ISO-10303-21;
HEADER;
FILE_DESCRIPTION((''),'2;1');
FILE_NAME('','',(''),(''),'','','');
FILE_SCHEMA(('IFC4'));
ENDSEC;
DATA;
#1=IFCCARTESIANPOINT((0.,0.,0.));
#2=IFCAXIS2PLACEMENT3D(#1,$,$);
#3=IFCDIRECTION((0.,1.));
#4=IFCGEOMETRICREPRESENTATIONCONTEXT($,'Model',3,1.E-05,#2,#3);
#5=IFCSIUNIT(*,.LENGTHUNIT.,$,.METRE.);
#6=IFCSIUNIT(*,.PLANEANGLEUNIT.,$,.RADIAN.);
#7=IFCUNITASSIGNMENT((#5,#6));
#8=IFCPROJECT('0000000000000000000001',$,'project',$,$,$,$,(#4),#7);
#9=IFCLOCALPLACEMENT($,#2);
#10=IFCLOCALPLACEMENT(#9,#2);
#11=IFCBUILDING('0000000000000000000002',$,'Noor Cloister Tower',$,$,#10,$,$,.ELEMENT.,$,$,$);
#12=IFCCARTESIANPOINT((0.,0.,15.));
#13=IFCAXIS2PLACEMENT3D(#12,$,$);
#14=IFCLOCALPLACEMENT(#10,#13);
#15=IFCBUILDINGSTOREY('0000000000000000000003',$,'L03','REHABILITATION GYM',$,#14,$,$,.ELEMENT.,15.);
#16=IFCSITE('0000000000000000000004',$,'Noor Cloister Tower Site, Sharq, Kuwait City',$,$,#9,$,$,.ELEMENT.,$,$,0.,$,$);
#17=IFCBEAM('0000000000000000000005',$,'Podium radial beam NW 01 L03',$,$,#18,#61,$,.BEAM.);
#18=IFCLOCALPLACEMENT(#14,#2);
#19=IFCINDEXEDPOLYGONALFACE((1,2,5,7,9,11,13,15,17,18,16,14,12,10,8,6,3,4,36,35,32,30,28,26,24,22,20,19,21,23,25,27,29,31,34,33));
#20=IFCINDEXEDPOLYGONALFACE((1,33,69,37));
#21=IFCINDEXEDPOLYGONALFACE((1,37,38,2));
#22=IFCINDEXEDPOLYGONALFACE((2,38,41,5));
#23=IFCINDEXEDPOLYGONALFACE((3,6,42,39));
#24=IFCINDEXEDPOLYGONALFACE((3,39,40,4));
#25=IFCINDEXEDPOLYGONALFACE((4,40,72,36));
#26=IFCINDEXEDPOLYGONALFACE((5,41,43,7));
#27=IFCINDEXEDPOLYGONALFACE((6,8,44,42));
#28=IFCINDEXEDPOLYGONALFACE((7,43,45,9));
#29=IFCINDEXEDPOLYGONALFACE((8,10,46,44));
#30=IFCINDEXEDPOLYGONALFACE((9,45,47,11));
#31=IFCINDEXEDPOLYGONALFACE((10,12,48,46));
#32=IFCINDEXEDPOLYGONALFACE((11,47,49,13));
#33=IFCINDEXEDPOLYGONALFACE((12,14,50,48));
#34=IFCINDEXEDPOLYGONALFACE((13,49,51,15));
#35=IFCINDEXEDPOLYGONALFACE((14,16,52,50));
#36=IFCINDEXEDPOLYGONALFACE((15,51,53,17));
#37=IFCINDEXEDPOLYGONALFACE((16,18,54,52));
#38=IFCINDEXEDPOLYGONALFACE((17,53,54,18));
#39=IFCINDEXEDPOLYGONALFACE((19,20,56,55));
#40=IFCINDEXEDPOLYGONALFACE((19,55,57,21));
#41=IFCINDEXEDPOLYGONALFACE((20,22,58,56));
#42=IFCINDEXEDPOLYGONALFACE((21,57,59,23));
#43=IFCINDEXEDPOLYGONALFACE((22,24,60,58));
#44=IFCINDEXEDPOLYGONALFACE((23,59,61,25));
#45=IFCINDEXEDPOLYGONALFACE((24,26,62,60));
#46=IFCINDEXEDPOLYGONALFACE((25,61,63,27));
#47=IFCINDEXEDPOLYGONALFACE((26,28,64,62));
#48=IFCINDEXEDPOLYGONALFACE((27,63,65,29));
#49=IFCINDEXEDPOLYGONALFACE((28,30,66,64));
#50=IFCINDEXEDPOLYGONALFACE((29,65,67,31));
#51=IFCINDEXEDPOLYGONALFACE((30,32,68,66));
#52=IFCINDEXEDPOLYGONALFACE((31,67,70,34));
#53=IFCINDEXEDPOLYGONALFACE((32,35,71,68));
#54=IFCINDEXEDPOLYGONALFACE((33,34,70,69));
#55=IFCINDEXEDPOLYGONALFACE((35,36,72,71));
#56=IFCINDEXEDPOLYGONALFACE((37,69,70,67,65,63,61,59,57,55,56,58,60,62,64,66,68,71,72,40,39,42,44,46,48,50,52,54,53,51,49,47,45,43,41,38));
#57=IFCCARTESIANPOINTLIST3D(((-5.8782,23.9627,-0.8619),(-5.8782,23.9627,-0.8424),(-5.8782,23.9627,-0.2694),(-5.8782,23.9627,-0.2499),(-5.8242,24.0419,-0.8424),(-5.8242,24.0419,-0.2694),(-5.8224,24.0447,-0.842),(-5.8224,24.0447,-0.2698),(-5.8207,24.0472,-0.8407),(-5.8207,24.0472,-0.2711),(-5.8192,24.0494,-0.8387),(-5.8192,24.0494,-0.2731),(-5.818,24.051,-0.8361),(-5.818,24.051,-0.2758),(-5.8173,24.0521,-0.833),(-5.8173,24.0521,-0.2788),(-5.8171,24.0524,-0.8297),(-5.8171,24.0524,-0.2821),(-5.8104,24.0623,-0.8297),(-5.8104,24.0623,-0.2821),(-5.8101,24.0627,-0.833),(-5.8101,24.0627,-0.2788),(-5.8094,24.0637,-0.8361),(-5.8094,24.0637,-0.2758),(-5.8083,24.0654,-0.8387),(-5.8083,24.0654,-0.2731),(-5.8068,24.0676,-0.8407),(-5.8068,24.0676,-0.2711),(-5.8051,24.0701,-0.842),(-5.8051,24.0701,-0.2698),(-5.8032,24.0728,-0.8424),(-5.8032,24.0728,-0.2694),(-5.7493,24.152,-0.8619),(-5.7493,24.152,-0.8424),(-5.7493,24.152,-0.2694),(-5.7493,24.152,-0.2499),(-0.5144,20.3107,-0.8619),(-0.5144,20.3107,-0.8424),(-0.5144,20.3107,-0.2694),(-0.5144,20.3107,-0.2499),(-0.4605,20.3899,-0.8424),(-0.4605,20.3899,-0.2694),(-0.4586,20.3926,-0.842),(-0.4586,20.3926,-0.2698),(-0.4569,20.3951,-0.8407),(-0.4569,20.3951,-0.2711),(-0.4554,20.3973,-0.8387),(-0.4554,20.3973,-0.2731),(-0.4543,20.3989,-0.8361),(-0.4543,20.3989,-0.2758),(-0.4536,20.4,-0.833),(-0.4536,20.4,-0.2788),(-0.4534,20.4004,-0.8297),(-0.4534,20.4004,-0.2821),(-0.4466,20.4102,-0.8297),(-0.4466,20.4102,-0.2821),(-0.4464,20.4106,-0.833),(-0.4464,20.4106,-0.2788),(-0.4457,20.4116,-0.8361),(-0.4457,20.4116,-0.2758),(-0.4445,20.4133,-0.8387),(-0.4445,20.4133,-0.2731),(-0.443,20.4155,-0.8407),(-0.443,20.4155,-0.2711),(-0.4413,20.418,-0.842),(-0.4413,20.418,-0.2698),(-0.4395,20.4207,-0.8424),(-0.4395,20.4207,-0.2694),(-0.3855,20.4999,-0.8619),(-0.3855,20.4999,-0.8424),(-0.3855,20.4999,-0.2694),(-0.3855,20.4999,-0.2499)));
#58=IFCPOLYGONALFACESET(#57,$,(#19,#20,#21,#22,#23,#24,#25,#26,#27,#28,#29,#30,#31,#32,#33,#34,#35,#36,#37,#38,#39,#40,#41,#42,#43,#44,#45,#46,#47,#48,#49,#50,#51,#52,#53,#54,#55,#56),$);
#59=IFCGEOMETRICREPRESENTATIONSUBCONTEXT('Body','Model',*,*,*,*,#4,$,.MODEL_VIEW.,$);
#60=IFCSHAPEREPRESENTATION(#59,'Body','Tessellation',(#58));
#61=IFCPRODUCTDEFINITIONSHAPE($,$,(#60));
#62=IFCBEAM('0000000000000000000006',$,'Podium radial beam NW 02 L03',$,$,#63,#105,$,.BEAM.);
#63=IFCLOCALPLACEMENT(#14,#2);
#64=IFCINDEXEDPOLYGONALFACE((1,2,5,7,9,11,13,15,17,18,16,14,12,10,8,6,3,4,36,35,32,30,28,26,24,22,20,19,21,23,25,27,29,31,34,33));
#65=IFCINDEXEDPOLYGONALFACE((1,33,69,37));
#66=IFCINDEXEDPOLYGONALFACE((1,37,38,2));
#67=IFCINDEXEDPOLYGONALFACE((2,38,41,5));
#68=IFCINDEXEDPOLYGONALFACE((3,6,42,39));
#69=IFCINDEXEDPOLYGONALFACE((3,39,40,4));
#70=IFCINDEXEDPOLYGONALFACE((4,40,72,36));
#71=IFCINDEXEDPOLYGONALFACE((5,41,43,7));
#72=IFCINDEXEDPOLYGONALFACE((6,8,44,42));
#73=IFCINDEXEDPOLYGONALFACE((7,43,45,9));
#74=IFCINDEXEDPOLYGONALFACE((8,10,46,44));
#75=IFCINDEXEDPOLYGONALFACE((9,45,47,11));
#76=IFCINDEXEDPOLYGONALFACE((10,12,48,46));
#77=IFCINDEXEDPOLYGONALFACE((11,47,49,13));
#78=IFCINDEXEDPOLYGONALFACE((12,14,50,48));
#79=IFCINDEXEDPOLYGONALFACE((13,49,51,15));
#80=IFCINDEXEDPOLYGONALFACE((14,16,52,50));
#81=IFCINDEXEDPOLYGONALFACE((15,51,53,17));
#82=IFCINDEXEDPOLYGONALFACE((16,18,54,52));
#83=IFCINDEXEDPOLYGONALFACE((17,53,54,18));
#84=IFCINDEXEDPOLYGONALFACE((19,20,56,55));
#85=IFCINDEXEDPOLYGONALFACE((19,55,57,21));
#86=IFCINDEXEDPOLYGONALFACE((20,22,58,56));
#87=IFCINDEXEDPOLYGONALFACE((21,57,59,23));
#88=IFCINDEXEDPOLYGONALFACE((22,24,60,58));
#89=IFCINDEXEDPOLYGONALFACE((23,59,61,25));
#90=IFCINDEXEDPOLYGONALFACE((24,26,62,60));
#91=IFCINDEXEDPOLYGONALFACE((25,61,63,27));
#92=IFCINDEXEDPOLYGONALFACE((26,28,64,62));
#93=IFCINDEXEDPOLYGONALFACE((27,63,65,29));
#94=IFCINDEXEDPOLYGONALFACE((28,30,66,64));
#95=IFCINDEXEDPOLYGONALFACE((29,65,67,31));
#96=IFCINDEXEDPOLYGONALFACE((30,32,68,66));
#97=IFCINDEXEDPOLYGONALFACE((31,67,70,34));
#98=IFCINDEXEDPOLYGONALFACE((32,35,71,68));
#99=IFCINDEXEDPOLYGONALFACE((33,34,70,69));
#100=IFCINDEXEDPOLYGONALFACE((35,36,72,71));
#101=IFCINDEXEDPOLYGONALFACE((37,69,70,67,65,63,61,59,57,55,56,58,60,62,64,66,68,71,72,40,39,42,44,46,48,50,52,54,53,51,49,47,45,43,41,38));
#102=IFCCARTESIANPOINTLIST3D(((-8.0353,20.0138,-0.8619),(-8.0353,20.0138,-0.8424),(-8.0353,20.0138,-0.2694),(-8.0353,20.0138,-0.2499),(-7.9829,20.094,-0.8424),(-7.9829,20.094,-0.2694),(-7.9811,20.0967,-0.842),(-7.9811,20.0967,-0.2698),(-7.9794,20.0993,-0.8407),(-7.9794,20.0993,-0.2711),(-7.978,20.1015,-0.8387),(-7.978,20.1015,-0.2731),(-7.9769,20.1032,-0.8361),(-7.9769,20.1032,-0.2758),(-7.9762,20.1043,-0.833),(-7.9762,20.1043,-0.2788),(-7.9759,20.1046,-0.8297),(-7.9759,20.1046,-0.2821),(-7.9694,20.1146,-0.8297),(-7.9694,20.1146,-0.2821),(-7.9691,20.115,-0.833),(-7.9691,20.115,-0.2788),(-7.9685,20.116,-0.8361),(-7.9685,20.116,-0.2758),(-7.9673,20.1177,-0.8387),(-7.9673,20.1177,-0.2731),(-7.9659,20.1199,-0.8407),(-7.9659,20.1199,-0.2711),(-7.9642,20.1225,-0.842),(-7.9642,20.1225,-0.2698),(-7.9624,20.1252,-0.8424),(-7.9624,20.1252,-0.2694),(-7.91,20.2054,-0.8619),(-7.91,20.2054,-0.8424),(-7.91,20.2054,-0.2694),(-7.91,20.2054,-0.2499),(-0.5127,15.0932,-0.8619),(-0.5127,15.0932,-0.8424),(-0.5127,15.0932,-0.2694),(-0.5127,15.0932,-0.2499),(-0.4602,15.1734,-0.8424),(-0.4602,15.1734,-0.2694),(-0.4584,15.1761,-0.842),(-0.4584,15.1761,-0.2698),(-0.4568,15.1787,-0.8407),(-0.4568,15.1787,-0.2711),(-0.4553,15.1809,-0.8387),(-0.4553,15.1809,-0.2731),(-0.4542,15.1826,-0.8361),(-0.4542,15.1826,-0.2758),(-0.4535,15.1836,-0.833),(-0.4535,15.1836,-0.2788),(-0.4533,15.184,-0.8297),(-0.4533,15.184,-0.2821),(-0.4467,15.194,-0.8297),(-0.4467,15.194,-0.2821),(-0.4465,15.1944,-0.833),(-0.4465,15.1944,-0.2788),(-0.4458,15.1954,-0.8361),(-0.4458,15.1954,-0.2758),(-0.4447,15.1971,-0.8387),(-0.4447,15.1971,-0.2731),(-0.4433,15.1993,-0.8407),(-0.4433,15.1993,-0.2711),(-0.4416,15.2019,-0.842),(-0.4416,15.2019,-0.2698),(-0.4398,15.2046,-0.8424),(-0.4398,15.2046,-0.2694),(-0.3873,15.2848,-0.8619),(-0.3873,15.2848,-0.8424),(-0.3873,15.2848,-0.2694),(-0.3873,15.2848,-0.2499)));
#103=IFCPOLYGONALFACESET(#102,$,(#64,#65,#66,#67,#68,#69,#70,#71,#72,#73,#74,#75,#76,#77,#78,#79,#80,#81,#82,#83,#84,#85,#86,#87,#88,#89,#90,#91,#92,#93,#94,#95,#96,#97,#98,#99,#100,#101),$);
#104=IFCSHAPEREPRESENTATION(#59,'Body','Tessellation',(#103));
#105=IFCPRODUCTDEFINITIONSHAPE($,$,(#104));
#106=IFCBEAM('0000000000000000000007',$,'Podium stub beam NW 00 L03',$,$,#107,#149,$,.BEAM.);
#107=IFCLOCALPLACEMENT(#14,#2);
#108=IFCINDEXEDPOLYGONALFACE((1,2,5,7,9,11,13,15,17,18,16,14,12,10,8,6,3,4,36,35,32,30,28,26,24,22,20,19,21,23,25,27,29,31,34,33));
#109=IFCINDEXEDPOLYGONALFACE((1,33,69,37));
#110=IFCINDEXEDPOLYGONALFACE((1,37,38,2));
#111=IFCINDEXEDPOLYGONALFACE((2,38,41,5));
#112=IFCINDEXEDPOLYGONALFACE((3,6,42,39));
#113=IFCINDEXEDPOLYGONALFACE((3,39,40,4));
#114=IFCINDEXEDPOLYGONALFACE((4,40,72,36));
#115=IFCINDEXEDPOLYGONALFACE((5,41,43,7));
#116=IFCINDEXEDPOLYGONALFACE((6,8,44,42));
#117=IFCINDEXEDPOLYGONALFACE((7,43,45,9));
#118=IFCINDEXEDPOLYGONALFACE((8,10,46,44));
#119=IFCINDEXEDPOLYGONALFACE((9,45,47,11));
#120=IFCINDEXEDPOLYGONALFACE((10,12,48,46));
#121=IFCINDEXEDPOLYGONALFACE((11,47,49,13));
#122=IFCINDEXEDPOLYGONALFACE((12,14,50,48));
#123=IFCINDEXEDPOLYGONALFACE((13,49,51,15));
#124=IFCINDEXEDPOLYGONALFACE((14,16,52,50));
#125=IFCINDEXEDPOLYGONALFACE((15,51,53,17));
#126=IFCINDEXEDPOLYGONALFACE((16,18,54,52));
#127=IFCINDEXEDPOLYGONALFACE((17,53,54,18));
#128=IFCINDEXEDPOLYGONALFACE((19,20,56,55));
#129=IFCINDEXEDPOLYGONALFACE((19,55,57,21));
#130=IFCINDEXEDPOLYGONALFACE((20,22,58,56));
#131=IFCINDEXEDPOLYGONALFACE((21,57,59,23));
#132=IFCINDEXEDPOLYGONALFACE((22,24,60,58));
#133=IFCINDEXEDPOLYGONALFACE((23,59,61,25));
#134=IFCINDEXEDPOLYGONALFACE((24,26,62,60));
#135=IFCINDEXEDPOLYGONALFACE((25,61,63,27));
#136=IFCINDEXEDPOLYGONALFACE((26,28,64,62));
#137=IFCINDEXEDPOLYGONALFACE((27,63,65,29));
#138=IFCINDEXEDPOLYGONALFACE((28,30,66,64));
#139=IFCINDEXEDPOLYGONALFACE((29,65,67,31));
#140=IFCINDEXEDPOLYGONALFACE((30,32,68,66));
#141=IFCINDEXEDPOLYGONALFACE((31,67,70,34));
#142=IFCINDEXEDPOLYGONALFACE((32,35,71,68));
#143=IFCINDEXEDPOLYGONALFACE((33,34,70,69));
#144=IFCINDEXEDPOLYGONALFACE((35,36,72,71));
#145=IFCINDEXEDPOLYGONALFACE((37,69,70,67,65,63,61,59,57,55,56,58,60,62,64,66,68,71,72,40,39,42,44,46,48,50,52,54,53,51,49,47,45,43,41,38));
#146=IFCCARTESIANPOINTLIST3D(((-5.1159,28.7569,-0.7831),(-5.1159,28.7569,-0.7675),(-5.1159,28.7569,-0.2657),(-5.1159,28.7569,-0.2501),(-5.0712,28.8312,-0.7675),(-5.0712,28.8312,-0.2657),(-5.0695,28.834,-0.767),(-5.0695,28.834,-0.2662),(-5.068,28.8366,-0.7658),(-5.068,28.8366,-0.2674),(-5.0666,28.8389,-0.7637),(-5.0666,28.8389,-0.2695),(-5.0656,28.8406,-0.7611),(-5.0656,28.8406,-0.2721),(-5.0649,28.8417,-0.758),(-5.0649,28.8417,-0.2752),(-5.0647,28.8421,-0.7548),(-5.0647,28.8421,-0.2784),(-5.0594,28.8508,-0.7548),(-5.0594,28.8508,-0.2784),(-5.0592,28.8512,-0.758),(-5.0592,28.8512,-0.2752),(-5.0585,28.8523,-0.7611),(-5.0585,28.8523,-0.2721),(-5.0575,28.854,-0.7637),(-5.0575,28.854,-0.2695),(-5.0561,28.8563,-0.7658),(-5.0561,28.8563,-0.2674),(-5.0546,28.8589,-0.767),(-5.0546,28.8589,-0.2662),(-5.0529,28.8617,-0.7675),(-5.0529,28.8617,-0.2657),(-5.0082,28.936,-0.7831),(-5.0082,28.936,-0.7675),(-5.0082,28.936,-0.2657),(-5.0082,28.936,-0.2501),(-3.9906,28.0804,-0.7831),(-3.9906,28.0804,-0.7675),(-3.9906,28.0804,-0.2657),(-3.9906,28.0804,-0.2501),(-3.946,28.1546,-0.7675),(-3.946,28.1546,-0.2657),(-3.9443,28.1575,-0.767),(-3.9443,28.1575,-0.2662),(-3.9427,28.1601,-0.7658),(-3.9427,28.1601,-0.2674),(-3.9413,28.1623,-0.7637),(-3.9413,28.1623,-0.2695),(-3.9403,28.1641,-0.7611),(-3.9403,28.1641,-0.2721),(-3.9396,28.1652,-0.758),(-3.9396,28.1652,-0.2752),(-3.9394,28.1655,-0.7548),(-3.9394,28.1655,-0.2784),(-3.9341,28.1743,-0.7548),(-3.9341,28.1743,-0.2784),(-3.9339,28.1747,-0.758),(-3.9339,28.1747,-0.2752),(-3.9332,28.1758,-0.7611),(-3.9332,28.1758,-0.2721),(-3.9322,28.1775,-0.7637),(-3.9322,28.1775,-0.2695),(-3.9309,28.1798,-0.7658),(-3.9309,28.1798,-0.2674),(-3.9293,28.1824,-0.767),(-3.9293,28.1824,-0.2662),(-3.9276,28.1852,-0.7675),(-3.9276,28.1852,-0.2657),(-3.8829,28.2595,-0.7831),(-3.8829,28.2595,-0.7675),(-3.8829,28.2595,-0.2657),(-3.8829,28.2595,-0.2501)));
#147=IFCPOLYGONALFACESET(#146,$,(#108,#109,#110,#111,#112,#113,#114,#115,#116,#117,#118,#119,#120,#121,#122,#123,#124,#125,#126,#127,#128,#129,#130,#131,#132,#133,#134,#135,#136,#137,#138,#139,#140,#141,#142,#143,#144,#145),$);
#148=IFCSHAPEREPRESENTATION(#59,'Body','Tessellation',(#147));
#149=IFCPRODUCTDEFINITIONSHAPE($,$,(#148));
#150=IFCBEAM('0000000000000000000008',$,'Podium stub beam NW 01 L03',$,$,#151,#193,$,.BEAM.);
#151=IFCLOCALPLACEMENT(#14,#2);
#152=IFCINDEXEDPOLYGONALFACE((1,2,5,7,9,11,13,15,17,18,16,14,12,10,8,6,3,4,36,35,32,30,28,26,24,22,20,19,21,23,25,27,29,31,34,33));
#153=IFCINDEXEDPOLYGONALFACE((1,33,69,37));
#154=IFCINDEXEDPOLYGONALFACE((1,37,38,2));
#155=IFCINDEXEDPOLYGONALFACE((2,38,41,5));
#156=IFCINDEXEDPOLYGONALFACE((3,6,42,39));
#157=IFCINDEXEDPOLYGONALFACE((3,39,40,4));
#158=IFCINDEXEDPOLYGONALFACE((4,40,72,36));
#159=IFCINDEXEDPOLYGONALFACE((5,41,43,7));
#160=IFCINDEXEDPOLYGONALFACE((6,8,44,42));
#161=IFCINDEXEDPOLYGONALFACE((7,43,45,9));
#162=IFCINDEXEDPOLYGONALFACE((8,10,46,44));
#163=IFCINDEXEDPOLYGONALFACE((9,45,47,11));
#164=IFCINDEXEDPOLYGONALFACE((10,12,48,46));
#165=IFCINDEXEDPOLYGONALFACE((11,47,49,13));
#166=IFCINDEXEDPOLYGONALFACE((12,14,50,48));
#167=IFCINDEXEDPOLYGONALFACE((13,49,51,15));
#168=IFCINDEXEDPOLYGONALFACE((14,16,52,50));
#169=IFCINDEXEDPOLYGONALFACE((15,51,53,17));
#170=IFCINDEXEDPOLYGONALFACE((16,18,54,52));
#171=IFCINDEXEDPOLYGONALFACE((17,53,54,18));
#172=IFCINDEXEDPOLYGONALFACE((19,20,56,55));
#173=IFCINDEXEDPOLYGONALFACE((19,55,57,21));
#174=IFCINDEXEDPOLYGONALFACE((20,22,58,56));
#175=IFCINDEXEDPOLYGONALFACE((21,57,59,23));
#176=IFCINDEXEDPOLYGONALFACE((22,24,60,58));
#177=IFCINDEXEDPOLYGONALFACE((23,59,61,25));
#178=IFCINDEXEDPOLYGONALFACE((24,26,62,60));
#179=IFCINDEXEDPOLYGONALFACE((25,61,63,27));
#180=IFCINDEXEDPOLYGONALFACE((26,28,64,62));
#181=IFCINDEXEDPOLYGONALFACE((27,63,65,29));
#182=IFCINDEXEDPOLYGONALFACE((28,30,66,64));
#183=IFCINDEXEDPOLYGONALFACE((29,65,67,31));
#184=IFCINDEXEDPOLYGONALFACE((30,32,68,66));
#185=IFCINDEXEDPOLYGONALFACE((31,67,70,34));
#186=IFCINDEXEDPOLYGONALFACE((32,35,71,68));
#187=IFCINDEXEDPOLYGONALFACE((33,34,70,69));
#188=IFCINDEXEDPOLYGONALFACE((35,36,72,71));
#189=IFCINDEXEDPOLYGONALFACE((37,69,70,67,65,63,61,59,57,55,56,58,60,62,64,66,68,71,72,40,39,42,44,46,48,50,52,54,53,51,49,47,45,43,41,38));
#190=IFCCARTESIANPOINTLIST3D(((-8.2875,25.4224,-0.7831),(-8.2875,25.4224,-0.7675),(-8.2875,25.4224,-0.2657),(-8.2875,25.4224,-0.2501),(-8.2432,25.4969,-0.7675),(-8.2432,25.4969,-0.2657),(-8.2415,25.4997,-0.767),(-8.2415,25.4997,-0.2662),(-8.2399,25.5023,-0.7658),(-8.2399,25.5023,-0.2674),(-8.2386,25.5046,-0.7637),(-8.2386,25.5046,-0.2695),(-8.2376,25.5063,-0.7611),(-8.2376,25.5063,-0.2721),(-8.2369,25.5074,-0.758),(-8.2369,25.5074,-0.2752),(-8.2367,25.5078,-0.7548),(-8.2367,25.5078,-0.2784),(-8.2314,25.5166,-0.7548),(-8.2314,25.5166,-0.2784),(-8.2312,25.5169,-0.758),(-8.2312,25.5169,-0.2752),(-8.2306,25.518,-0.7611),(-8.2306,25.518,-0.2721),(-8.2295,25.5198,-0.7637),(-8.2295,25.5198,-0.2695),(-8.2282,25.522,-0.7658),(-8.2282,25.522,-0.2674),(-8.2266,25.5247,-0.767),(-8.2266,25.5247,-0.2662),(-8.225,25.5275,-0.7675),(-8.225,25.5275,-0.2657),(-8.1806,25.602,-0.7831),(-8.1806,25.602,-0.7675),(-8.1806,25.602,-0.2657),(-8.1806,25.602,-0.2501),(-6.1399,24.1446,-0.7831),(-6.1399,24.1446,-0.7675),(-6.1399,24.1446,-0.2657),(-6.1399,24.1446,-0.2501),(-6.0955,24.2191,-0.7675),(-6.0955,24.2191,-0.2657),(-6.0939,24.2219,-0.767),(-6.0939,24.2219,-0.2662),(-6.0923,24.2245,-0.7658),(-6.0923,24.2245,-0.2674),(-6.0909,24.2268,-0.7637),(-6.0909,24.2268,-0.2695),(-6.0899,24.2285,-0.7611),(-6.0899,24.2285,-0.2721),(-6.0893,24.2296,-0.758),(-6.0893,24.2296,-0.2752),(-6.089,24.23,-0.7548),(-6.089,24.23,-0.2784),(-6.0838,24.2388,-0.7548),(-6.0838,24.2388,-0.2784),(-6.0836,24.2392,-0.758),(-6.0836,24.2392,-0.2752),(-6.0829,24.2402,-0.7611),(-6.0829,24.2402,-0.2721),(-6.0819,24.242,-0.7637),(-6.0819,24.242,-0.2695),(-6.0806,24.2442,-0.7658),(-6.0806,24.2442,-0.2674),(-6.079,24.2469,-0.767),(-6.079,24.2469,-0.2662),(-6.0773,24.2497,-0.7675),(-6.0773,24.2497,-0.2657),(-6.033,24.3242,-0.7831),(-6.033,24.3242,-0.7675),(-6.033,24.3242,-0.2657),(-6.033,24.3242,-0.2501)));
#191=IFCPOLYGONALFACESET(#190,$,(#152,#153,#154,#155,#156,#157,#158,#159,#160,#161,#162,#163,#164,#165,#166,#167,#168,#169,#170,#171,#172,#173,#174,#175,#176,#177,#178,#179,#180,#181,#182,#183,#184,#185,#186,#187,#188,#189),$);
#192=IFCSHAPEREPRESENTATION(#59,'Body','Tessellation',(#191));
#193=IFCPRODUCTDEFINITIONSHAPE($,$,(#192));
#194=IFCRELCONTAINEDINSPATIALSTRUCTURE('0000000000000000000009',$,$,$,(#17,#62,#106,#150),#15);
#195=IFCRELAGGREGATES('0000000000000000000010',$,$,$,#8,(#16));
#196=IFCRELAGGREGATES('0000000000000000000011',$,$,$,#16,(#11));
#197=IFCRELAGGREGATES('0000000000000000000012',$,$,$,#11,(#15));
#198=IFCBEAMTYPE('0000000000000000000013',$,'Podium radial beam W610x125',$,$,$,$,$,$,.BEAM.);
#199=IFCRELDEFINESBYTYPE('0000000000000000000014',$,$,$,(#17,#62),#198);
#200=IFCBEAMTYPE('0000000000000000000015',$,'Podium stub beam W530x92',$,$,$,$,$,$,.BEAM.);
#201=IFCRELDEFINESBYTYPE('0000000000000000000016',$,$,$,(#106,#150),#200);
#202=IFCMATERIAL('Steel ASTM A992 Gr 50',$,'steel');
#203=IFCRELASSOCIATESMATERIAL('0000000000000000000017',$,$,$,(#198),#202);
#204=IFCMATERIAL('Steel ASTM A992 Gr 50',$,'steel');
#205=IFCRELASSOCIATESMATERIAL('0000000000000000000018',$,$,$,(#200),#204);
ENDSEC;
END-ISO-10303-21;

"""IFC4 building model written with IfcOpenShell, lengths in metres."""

from ifc_helpers import new_model, si_unit, direction, frame, origin, origin_2d, place, context, subcontext, project, spatial, i_section, extrude, material, material_profile, profile_set, type_object, element, save


model = new_model("IFC4")

# Units and contexts
model_context = context("Model", 3, precision=1e-05, world=origin(), true_north=direction((0.0, 1.0)))
body_context = subcontext(model_context, "Body", "Model", "MODEL_VIEW")
ifc_project = project(units=[si_unit("LENGTHUNIT", "METRE"), si_unit("PLANEANGLEUNIT", "RADIAN")], contexts=[model_context])

# Site, building, storey
site_placement = place(None, origin())
site = spatial("IfcSite", under=ifc_project, at=site_placement, Name="Noor Cloister Tower Site, Sharq, Kuwait City", CompositionType="ELEMENT", RefElevation=0.0)
building_placement = place(site_placement, origin())
building = spatial("IfcBuilding", under=site, at=building_placement, Name="Noor Cloister Tower", CompositionType="ELEMENT")
storey_placement = place(building_placement, frame((0.0, 0.0, 15.0)))
storey = spatial("IfcBuildingStorey", under=building, at=storey_placement, Name="L03", Description="REHABILITATION GYM", CompositionType="ELEMENT", Elevation=15.0)

# Beams
ifc_material_1 = material(Name="Steel ASTM A992 Gr 50", Category="steel")
ifc_material_profile_1 = material_profile(ifc_material_1, i_section(OverallWidth=0.229, OverallDepth=0.6121, WebThickness=0.012, FlangeThickness=0.0195, FilletRadius=0.0127, at=origin_2d()), Name="W610x125")
ifc_profile_set_1 = profile_set([ifc_material_profile_1], Name="Steel ASTM A992 Gr 50")
beam_type_1 = type_object("IfcBeamType", Name="Podium radial beam W610x125", PredefinedType="BEAM", material=ifc_profile_set_1)
beam_1_placement = place(storey_placement, frame((-5.8137, 24.0574, -0.5559), z_axis=(0.826587, -0.562809, 0.0), x_axis=(0.562809, 0.826587, 0.0)))
element("IfcBeam", 1, at=beam_1_placement, inside=storey, type_object=beam_type_1, Name="Podium radial beam NW 01 L03", PredefinedType="BEAM", context=body_context, shape_type="SweptSolid", body=[
    extrude(i_section(OverallWidth=0.229, OverallDepth=0.6121, WebThickness=0.012, FlangeThickness=0.0195, FilletRadius=0.0127, at=origin_2d()), origin(), (0.0, 0.0, 1.0), 6.489),
])
beam_2_placement = place(storey_placement, frame((-7.9727, 20.1096, -0.5559), z_axis=(0.83687, -0.547402, 0.0), x_axis=(0.547402, 0.83687, 0.0)))
element("IfcBeam", 2, at=beam_2_placement, inside=storey, type_object=beam_type_1, Name="Podium radial beam NW 02 L03", PredefinedType="BEAM", context=body_context, shape_type="SweptSolid", body=[
    extrude(i_section(OverallWidth=0.229, OverallDepth=0.6121, WebThickness=0.012, FlangeThickness=0.0195, FilletRadius=0.0127, at=origin_2d()), origin(), (0.0, 0.0, 1.0), 8.989),
])
ifc_material_2 = material(Name="Steel ASTM A992 Gr 50", Category="steel")
ifc_material_profile_2 = material_profile(ifc_material_2, i_section(OverallWidth=0.209, OverallDepth=0.533, WebThickness=0.0103, FlangeThickness=0.0156, FilletRadius=0.0127, at=origin_2d()), Name="W530x92")
ifc_profile_set_2 = profile_set([ifc_material_profile_2], Name="Steel ASTM A992 Gr 50")
beam_type_2 = type_object("IfcBeamType", Name="Podium stub beam W530x92", PredefinedType="BEAM", material=ifc_profile_set_2)
beam_3_placement = place(storey_placement, frame((-3.9368, 28.1699, -0.5166), z_axis=(-0.857033, 0.515261, 0.0), x_axis=(-0.515261, -0.857033, 0.0)))
element("IfcBeam", 3, at=beam_3_placement, inside=storey, type_object=beam_type_2, Name="Podium stub beam NW 00 L03", PredefinedType="BEAM", context=body_context, shape_type="SweptSolid", body=[
    extrude(i_section(OverallWidth=0.209, OverallDepth=0.533, WebThickness=0.0103, FlangeThickness=0.0156, FilletRadius=0.0127, at=origin_2d()), origin(), (0.0, 0.0, 1.0), 1.313),
])
beam_4_placement = place(storey_placement, frame((-6.0864, 24.2344, -0.5166), z_axis=(-0.859392, 0.511317, 0.0), x_axis=(-0.511317, -0.859392, 0.0)))
element("IfcBeam", 4, at=beam_4_placement, inside=storey, type_object=beam_type_2, Name="Podium stub beam NW 01 L03", PredefinedType="BEAM", context=body_context, shape_type="SweptSolid", body=[
    extrude(i_section(OverallWidth=0.209, OverallDepth=0.533, WebThickness=0.0103, FlangeThickness=0.0156, FilletRadius=0.0127, at=origin_2d()), origin(), (0.0, 0.0, 1.0), 2.499),
])

save(model, "model.ifc")
